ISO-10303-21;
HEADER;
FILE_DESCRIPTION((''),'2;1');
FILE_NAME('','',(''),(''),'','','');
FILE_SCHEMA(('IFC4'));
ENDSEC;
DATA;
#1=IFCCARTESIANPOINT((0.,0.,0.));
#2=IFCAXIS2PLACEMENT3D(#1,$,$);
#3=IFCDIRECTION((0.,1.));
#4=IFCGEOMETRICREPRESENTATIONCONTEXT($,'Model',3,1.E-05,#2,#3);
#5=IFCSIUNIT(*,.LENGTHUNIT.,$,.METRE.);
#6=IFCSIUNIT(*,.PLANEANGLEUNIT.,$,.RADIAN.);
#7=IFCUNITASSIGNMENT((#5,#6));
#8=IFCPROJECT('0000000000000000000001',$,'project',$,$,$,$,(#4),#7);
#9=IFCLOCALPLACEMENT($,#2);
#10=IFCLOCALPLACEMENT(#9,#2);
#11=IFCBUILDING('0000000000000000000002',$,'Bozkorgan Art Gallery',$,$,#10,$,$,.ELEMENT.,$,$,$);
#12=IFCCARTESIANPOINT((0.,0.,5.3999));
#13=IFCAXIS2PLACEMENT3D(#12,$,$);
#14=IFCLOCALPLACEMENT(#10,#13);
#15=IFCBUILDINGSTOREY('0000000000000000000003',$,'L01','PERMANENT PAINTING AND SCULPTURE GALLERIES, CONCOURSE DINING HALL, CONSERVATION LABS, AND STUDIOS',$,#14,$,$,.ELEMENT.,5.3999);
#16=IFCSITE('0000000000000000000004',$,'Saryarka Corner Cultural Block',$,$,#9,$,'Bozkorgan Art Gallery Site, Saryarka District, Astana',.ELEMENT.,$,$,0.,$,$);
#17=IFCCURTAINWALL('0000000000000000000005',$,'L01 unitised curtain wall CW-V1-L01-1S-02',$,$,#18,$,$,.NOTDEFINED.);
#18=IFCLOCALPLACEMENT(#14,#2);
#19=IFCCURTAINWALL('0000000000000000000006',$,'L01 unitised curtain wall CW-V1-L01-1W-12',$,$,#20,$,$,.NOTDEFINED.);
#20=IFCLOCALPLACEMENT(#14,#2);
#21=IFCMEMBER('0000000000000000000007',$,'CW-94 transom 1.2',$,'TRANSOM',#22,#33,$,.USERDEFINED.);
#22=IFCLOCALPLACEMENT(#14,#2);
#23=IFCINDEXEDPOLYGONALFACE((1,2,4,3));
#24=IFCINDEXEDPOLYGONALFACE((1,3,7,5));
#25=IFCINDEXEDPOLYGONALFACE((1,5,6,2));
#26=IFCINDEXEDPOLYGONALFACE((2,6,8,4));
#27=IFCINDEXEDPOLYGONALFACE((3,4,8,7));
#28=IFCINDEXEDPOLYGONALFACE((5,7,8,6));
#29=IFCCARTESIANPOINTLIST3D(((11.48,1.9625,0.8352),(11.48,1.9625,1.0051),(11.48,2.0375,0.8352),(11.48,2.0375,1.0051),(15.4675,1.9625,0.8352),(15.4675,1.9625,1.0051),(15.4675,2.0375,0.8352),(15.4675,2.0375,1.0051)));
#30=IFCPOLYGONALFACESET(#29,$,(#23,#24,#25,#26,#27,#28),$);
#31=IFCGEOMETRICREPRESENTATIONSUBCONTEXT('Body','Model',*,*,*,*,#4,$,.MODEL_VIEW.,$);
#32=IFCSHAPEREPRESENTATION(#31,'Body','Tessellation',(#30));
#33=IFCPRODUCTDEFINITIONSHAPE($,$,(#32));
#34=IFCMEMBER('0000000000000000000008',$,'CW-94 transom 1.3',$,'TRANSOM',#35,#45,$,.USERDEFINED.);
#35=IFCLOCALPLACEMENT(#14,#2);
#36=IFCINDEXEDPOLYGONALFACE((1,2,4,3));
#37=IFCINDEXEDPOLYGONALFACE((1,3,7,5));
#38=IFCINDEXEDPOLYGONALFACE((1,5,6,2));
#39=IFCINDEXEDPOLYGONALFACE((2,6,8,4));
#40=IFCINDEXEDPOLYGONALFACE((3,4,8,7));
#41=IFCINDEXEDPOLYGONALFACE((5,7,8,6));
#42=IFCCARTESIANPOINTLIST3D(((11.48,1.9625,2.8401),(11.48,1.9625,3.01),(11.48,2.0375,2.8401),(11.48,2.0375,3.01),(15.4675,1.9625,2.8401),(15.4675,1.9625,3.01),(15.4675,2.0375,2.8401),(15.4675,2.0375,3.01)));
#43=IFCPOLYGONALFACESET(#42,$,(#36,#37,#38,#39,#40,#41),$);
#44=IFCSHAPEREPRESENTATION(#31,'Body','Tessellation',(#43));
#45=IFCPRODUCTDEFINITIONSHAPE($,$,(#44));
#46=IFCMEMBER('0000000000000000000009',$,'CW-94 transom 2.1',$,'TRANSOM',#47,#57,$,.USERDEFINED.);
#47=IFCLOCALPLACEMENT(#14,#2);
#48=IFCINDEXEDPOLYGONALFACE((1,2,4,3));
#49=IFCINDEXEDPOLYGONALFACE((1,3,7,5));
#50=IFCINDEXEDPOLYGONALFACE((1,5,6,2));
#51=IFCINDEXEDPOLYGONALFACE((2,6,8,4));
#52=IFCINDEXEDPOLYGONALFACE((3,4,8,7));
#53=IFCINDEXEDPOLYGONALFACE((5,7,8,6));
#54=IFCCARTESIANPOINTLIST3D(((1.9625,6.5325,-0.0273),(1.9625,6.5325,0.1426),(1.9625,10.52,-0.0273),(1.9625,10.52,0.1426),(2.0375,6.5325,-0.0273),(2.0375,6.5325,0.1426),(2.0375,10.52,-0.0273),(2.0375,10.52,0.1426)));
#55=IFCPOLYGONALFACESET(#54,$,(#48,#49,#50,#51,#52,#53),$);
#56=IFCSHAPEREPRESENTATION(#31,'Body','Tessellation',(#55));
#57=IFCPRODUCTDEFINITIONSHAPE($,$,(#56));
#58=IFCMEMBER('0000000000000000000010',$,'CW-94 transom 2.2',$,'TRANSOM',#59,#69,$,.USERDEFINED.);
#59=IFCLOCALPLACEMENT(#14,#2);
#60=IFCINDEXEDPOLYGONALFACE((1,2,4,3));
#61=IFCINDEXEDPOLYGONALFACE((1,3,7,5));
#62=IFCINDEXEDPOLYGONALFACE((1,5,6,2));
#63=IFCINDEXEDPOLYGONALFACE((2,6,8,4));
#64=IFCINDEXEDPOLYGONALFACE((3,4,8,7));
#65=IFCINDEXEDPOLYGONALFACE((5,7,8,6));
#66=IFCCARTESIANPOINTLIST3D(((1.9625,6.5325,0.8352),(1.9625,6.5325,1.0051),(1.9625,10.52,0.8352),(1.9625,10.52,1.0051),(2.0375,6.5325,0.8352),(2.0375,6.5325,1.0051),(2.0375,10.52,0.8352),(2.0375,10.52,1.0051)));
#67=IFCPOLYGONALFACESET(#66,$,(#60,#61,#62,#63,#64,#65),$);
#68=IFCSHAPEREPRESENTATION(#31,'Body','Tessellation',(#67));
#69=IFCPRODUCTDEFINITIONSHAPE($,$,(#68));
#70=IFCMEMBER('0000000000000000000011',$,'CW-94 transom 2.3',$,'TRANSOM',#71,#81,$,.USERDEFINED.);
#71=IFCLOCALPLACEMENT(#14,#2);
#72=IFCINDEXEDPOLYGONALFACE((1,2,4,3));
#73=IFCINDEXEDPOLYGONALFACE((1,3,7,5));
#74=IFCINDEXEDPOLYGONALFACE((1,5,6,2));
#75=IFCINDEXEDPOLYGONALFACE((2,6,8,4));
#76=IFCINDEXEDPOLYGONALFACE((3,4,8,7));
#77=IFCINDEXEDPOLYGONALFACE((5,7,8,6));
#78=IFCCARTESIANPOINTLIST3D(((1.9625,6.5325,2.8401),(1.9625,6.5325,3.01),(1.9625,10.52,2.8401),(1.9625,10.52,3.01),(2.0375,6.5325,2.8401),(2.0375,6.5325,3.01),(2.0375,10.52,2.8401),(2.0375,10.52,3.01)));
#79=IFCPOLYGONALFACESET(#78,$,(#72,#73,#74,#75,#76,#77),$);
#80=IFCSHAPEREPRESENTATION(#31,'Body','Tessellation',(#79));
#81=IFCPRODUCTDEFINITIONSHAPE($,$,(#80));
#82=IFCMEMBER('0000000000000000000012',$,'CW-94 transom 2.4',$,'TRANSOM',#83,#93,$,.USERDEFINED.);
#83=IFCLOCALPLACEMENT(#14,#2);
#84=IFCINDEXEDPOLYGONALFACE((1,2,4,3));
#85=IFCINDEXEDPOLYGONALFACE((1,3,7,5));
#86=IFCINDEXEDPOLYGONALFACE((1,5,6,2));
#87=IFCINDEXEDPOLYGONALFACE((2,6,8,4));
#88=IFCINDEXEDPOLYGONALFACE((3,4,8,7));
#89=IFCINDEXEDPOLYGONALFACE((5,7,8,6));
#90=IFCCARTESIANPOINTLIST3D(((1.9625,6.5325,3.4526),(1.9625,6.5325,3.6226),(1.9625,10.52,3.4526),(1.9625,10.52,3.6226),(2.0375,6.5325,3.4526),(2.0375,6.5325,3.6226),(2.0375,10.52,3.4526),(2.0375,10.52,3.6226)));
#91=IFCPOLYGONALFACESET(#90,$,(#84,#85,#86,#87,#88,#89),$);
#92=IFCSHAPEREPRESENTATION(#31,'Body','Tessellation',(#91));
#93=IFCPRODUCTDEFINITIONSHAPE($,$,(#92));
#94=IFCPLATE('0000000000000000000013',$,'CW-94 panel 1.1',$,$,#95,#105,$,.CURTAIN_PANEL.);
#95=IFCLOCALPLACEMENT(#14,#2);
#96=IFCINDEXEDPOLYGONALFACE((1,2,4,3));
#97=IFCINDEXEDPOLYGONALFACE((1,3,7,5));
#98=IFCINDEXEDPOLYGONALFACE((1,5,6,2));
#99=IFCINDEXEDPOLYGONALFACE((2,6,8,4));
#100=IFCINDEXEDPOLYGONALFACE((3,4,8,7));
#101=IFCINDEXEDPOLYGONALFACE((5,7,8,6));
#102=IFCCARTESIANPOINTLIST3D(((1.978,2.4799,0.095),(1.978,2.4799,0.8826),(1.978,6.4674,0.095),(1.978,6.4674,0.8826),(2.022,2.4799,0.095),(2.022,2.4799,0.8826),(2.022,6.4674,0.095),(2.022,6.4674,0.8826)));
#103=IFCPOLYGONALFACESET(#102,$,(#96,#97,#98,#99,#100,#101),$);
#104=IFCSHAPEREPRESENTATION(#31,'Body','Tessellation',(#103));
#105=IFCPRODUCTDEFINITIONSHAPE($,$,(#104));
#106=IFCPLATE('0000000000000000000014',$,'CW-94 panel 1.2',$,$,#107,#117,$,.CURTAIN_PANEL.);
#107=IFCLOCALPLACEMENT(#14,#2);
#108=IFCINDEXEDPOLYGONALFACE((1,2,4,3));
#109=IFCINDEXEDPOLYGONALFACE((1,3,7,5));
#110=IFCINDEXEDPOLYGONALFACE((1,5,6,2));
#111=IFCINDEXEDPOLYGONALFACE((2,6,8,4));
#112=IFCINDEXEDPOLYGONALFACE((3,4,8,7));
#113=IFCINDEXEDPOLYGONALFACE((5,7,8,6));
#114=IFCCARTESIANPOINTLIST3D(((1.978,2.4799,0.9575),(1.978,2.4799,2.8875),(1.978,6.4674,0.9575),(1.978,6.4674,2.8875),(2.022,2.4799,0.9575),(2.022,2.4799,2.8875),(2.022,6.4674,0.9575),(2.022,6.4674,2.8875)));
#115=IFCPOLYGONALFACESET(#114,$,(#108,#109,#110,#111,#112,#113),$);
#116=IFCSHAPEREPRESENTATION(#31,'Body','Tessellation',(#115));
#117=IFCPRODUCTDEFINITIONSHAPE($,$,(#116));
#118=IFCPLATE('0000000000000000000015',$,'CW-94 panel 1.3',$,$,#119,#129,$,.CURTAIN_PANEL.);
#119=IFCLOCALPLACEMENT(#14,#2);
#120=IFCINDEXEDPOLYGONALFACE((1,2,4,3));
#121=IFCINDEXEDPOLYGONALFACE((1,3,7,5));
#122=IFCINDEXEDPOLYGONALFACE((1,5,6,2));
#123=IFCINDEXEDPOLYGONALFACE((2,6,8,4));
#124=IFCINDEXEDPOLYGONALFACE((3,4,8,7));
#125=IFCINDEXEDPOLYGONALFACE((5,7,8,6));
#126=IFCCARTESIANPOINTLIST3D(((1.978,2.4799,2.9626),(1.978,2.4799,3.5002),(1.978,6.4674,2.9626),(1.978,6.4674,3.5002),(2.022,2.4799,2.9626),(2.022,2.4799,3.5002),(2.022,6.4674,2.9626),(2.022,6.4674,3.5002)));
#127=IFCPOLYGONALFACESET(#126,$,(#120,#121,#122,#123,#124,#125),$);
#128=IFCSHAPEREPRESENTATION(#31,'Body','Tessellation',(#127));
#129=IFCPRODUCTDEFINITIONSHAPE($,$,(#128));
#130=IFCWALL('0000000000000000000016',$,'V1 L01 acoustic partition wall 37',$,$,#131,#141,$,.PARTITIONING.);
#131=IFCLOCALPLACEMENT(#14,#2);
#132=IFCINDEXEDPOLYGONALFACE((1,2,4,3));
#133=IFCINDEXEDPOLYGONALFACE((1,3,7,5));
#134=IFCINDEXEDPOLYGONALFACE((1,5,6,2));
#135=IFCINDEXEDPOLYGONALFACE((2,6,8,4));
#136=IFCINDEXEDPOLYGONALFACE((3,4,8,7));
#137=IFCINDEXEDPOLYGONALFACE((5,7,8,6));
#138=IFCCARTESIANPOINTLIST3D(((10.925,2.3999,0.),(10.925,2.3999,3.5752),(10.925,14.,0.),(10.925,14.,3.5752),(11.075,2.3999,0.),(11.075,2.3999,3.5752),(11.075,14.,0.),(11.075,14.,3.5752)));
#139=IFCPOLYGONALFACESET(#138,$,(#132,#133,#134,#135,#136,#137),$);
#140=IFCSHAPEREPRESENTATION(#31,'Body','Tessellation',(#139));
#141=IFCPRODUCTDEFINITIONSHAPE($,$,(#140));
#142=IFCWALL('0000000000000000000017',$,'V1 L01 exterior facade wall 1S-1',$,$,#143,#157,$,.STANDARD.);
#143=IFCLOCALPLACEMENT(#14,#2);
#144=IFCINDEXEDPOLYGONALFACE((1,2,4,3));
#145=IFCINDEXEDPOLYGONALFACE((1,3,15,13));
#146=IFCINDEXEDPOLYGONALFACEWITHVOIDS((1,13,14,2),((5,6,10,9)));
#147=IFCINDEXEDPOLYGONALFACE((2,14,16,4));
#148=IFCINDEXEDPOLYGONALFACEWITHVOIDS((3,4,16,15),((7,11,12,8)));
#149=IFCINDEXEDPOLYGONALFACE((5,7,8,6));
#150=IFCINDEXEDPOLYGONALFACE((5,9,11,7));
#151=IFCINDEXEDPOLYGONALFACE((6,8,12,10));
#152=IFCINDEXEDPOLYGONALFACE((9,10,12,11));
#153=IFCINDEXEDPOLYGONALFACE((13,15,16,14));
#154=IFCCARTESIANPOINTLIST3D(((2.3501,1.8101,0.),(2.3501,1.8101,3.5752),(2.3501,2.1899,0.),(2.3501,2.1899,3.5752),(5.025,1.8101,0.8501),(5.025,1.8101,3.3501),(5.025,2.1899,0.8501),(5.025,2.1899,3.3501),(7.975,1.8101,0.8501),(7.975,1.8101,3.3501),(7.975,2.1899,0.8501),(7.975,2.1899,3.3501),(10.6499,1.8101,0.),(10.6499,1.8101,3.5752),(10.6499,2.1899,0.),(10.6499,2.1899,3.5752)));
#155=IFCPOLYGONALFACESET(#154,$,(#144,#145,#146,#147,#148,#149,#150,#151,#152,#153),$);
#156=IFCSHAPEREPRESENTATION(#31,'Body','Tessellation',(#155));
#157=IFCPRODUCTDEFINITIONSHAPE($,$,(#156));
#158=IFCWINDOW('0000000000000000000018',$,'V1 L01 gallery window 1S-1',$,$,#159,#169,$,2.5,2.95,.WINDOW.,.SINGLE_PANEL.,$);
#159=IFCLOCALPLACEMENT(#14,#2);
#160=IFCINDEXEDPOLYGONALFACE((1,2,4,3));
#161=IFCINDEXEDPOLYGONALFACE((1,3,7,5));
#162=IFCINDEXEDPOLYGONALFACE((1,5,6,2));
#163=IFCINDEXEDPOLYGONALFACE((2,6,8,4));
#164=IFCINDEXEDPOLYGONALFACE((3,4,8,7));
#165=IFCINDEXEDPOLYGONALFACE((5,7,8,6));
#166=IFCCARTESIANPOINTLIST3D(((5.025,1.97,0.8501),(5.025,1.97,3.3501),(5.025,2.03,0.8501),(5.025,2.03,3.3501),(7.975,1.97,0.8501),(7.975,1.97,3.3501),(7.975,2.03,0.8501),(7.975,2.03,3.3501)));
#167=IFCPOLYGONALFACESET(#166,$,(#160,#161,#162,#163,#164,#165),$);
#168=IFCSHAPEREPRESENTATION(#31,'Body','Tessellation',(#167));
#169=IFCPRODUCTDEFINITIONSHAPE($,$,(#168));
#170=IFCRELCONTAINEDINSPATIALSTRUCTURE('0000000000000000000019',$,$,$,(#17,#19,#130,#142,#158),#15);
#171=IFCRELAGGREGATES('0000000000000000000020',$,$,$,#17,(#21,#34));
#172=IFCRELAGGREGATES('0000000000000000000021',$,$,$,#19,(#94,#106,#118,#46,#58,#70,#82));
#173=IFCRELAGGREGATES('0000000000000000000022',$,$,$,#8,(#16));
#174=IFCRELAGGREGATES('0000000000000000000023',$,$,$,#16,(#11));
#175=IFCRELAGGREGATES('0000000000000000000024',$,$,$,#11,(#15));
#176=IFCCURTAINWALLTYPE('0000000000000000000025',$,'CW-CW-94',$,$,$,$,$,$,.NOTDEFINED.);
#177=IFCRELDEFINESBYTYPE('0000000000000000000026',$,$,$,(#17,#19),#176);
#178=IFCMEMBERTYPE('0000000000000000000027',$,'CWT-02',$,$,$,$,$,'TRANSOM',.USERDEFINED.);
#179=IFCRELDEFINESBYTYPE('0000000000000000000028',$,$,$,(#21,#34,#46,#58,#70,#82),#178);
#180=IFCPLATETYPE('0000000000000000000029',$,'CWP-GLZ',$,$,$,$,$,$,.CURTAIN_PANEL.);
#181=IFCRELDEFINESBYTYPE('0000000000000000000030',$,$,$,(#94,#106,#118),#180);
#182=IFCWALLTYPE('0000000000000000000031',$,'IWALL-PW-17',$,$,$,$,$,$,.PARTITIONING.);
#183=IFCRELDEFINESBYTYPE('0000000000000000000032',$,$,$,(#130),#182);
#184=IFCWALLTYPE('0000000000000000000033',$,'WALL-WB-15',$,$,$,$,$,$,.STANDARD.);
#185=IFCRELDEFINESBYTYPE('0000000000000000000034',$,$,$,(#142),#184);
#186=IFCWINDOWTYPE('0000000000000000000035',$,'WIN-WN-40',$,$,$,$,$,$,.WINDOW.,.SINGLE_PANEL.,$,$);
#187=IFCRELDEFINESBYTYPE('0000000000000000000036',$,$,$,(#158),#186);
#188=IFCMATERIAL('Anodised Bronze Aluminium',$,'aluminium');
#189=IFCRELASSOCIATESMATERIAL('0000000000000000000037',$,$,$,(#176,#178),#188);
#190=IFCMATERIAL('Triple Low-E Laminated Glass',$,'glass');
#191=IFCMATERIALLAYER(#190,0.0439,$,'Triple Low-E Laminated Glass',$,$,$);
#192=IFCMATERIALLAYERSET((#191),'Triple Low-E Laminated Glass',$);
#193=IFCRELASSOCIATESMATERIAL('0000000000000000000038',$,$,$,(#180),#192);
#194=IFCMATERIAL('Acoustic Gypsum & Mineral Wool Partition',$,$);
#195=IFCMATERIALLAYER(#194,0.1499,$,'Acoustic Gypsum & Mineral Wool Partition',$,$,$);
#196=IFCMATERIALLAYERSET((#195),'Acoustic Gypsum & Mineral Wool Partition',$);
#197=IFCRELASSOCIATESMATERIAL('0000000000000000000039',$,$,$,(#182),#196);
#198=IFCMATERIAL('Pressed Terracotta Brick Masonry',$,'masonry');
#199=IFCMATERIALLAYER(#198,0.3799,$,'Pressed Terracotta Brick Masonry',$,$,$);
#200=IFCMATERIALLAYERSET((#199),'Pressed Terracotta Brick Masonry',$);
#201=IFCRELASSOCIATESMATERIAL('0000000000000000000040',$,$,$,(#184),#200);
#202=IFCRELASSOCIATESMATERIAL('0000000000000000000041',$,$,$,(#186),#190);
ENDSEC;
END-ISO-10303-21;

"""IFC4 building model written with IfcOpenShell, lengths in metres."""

from ifc_helpers import new_model, si_unit, direction, frame, frame_2d, origin, origin_2d, place, context, subcontext, project, spatial, rectangle, extrude, material, layer, layer_set, material_profile, profile_set, type_object, element, fill, aggregate, save


model = new_model("IFC4")

# Units and contexts
model_context = context("Model", 3, precision=1e-05, world=origin(), true_north=direction((0.0, 1.0)))
body_context = subcontext(model_context, "Body", "Model", "MODEL_VIEW")
ifc_project = project(units=[si_unit("LENGTHUNIT", "METRE"), si_unit("PLANEANGLEUNIT", "RADIAN")], contexts=[model_context])

# Site, building, storey
site_placement = place(None, origin())
site = spatial("IfcSite", under=ifc_project, at=site_placement, Name="Saryarka Corner Cultural Block", LongName="Bozkorgan Art Gallery Site, Saryarka District, Astana", CompositionType="ELEMENT", RefElevation=0.0)
building_placement = place(site_placement, origin())
building = spatial("IfcBuilding", under=site, at=building_placement, Name="Bozkorgan Art Gallery", CompositionType="ELEMENT")
storey_placement = place(building_placement, frame((0.0, 0.0, 5.3999)))
storey = spatial("IfcBuildingStorey", under=building, at=storey_placement, Name="L01", Description="PERMANENT PAINTING AND SCULPTURE GALLERIES, CONCOURSE DINING HALL, CONSERVATION LABS, AND STUDIOS", CompositionType="ELEMENT", Elevation=5.3999)

# Curtain walls
ifc_material_1 = material(Name="Anodised Bronze Aluminium", Category="aluminium")
curtain_wall_type = type_object("IfcCurtainWallType", Name="CW-CW-94", PredefinedType="NOTDEFINED", material=ifc_material_1)
curtain_wall_1_placement = place(storey_placement, origin())
curtain_wall_1 = element("IfcCurtainWall", 1, at=curtain_wall_1_placement, inside=storey, type_object=curtain_wall_type, Name="L01 unitised curtain wall CW-V1-L01-1S-02", PredefinedType="NOTDEFINED")
curtain_wall_2_placement = place(storey_placement, origin())
curtain_wall_2 = element("IfcCurtainWall", 2, at=curtain_wall_2_placement, inside=storey, type_object=curtain_wall_type, Name="L01 unitised curtain wall CW-V1-L01-1W-12", PredefinedType="NOTDEFINED")

# Members
ifc_material_profile_1 = material_profile(ifc_material_1, rectangle(XDim=0.075, YDim=0.1699, at=origin_2d()), Name="ALU TRANSOM 75x170")
ifc_profile_set_1 = profile_set([ifc_material_profile_1], Name="Anodised Bronze Aluminium")
member_type_1 = type_object("IfcMemberType", Name="CWT-02", ElementType="TRANSOM", PredefinedType="USERDEFINED", material=ifc_profile_set_1)
member_1_placement = place(storey_placement, frame((11.48, 2.0, 0.9202), z_axis=(1.0, 0.0, 0.0), x_axis=(0.0, 1.0, 0.0)))
member_1 = element("IfcMember", 3, at=member_1_placement, type_object=member_type_1, Name="CW-94 transom 1.2", ObjectType="TRANSOM", PredefinedType="USERDEFINED", context=body_context, shape_type="SweptSolid", body=[
    extrude(rectangle(XDim=0.075, YDim=0.1699, at=origin_2d()), origin(), (0.0, 0.0, 1.0), 3.9875),
])
member_2_placement = place(storey_placement, frame((11.48, 2.0, 2.925), z_axis=(1.0, 0.0, 0.0), x_axis=(0.0, 1.0, 0.0)))
member_2 = element("IfcMember", 4, at=member_2_placement, type_object=member_type_1, Name="CW-94 transom 1.3", ObjectType="TRANSOM", PredefinedType="USERDEFINED", context=body_context, shape_type="SweptSolid", body=[
    extrude(rectangle(XDim=0.075, YDim=0.1699, at=origin_2d()), origin(), (0.0, 0.0, 1.0), 3.9875),
])
aggregate(curtain_wall_1, [member_1, member_2])
member_3_placement = place(storey_placement, frame((2.0, 6.5325, 0.0576), z_axis=(0.0, 1.0, 0.0), x_axis=(-1.0, 0.0, 0.0)))
member_3 = element("IfcMember", 5, at=member_3_placement, type_object=member_type_1, Name="CW-94 transom 2.1", ObjectType="TRANSOM", PredefinedType="USERDEFINED", context=body_context, shape_type="SweptSolid", body=[
    extrude(rectangle(XDim=0.075, YDim=0.1699, at=origin_2d()), origin(), (0.0, 0.0, 1.0), 3.9875),
])
member_4_placement = place(storey_placement, frame((2.0, 6.5325, 0.9202), z_axis=(0.0, 1.0, 0.0), x_axis=(-1.0, 0.0, 0.0)))
member_4 = element("IfcMember", 6, at=member_4_placement, type_object=member_type_1, Name="CW-94 transom 2.2", ObjectType="TRANSOM", PredefinedType="USERDEFINED", context=body_context, shape_type="SweptSolid", body=[
    extrude(rectangle(XDim=0.075, YDim=0.1699, at=origin_2d()), origin(), (0.0, 0.0, 1.0), 3.9875),
])
member_5_placement = place(storey_placement, frame((2.0, 6.5325, 2.925), z_axis=(0.0, 1.0, 0.0), x_axis=(-1.0, 0.0, 0.0)))
member_5 = element("IfcMember", 7, at=member_5_placement, type_object=member_type_1, Name="CW-94 transom 2.3", ObjectType="TRANSOM", PredefinedType="USERDEFINED", context=body_context, shape_type="SweptSolid", body=[
    extrude(rectangle(XDim=0.075, YDim=0.1699, at=origin_2d()), origin(), (0.0, 0.0, 1.0), 3.9875),
])
member_6_placement = place(storey_placement, frame((2.0, 6.5325, 3.5376), z_axis=(0.0, 1.0, 0.0), x_axis=(-1.0, 0.0, 0.0)))
member_6 = element("IfcMember", 8, at=member_6_placement, type_object=member_type_1, Name="CW-94 transom 2.4", ObjectType="TRANSOM", PredefinedType="USERDEFINED", context=body_context, shape_type="SweptSolid", body=[
    extrude(rectangle(XDim=0.075, YDim=0.1699, at=origin_2d()), origin(), (0.0, 0.0, 1.0), 3.9875),
])

# Plates
ifc_material_2 = material(Name="Triple Low-E Laminated Glass", Category="glass")
ifc_layer_1 = layer(ifc_material_2, 0.0439, Name="Triple Low-E Laminated Glass")
ifc_layer_set_1 = layer_set([ifc_layer_1], Name="Triple Low-E Laminated Glass")
plate_type = type_object("IfcPlateType", Name="CWP-GLZ", PredefinedType="CURTAIN_PANEL", material=ifc_layer_set_1)
plate_1_placement = place(storey_placement, frame((2.0, 4.4736, 0.095), z_axis=(0.0, 0.0, 1.0), x_axis=(0.0, 1.0, 0.0)))
plate_1 = element("IfcPlate", 9, at=plate_1_placement, type_object=plate_type, Name="CW-94 panel 1.1", PredefinedType="CURTAIN_PANEL", context=body_context, shape_type="SweptSolid", body=[
    extrude(rectangle(XDim=3.9875, YDim=0.0439, at=origin_2d()), origin(), (0.0, 0.0, 1.0), 0.7876),
])
plate_2_placement = place(storey_placement, frame((2.0, 4.4736, 0.9575), z_axis=(0.0, 0.0, 1.0), x_axis=(0.0, 1.0, 0.0)))
plate_2 = element("IfcPlate", 10, at=plate_2_placement, type_object=plate_type, Name="CW-94 panel 1.2", PredefinedType="CURTAIN_PANEL", context=body_context, shape_type="SweptSolid", body=[
    extrude(rectangle(XDim=3.9875, YDim=0.0439, at=origin_2d()), origin(), (0.0, 0.0, 1.0), 1.9299),
])
plate_3_placement = place(storey_placement, frame((2.0, 4.4736, 2.9626), z_axis=(0.0, 0.0, 1.0), x_axis=(0.0, 1.0, 0.0)))
plate_3 = element("IfcPlate", 11, at=plate_3_placement, type_object=plate_type, Name="CW-94 panel 1.3", PredefinedType="CURTAIN_PANEL", context=body_context, shape_type="SweptSolid", body=[
    extrude(rectangle(XDim=3.9875, YDim=0.0439, at=origin_2d()), origin(), (0.0, 0.0, 1.0), 0.5376),
])
aggregate(curtain_wall_2, [plate_1, plate_2, plate_3, member_3, member_4, member_5, member_6])

# Wall
ifc_material_3 = material(Name="Acoustic Gypsum & Mineral Wool Partition")
ifc_layer_2 = layer(ifc_material_3, 0.1499, Name="Acoustic Gypsum & Mineral Wool Partition")
ifc_layer_set_2 = layer_set([ifc_layer_2], Name="Acoustic Gypsum & Mineral Wool Partition")
wall_type_1 = type_object("IfcWallType", Name="IWALL-PW-17", PredefinedType="PARTITIONING", material=ifc_layer_set_2)
wall_1_placement = place(storey_placement, frame((11.0, 2.3999, 0.0), z_axis=(0.0, 0.0, 1.0), x_axis=(0.0, 1.0, 0.0)))
element("IfcWall", 12, at=wall_1_placement, inside=storey, type_object=wall_type_1, Name="V1 L01 acoustic partition wall 37", PredefinedType="PARTITIONING", context=body_context, shape_type="SweptSolid", body=[
    extrude(rectangle(XDim=11.6001, YDim=0.1499, at=frame_2d((5.8, 0.0))), origin(), (0.0, 0.0, 1.0), 3.5752),
])

# Wall, opening, window
ifc_material_4 = material(Name="Pressed Terracotta Brick Masonry", Category="masonry")
ifc_layer_3 = layer(ifc_material_4, 0.3799, Name="Pressed Terracotta Brick Masonry")
ifc_layer_set_3 = layer_set([ifc_layer_3], Name="Pressed Terracotta Brick Masonry")
wall_type_2 = type_object("IfcWallType", Name="WALL-WB-15", PredefinedType="STANDARD", material=ifc_layer_set_3)
wall_2_placement = place(storey_placement, frame((2.3501, 2.0, 0.0), z_axis=(0.0, 0.0, 1.0), x_axis=(1.0, 0.0, 0.0)))
wall_2 = element("IfcWall", 13, at=wall_2_placement, inside=storey, type_object=wall_type_2, Name="V1 L01 exterior facade wall 1S-1", PredefinedType="STANDARD", context=body_context, shape_type="SweptSolid", body=[
    extrude(rectangle(XDim=8.2998, YDim=0.3799, at=frame_2d((4.1499, 0.0))), origin(), (0.0, 0.0, 1.0), 3.5752),
])
opening_placement = place(wall_2_placement, frame((5.625, 0.0, 0.8501), z_axis=(0.0, 0.0, 1.0), x_axis=(-1.0, 0.0, 0.0)))
opening = element("IfcOpeningElement", 14, at=opening_placement, cuts=wall_2, PredefinedType="OPENING", context=body_context, shape_type="SweptSolid", body=[
    extrude(rectangle(XDim=2.95, YDim=2.5, at=frame_2d((1.4751, 1.25))), frame((0.0, 0.2, 0.0), z_axis=(0.0, -1.0, 0.0), x_axis=(1.0, 0.0, 0.0)), (0.0, 0.0, 1.0), 0.3999),
])
window_type = type_object("IfcWindowType", Name="WIN-WN-40", PartitioningType="SINGLE_PANEL", PredefinedType="WINDOW", material=ifc_material_2)
window_placement = place(opening_placement, origin())
window = element("IfcWindow", 15, at=window_placement, inside=storey, type_object=window_type, Name="V1 L01 gallery window 1S-1", OverallHeight=2.5, OverallWidth=2.95, PartitioningType="SINGLE_PANEL", PredefinedType="WINDOW", context=body_context, shape_type="SweptSolid", body=[
    extrude(rectangle(XDim=2.95, YDim=2.5, at=frame_2d((1.4751, 1.25))), frame((0.0, 0.03, 0.0), z_axis=(0.0, -1.0, 0.0), x_axis=(1.0, 0.0, 0.0)), (0.0, 0.0, 1.0), 0.0601),
])
fill(opening, window)

save(model, "model.ifc")
